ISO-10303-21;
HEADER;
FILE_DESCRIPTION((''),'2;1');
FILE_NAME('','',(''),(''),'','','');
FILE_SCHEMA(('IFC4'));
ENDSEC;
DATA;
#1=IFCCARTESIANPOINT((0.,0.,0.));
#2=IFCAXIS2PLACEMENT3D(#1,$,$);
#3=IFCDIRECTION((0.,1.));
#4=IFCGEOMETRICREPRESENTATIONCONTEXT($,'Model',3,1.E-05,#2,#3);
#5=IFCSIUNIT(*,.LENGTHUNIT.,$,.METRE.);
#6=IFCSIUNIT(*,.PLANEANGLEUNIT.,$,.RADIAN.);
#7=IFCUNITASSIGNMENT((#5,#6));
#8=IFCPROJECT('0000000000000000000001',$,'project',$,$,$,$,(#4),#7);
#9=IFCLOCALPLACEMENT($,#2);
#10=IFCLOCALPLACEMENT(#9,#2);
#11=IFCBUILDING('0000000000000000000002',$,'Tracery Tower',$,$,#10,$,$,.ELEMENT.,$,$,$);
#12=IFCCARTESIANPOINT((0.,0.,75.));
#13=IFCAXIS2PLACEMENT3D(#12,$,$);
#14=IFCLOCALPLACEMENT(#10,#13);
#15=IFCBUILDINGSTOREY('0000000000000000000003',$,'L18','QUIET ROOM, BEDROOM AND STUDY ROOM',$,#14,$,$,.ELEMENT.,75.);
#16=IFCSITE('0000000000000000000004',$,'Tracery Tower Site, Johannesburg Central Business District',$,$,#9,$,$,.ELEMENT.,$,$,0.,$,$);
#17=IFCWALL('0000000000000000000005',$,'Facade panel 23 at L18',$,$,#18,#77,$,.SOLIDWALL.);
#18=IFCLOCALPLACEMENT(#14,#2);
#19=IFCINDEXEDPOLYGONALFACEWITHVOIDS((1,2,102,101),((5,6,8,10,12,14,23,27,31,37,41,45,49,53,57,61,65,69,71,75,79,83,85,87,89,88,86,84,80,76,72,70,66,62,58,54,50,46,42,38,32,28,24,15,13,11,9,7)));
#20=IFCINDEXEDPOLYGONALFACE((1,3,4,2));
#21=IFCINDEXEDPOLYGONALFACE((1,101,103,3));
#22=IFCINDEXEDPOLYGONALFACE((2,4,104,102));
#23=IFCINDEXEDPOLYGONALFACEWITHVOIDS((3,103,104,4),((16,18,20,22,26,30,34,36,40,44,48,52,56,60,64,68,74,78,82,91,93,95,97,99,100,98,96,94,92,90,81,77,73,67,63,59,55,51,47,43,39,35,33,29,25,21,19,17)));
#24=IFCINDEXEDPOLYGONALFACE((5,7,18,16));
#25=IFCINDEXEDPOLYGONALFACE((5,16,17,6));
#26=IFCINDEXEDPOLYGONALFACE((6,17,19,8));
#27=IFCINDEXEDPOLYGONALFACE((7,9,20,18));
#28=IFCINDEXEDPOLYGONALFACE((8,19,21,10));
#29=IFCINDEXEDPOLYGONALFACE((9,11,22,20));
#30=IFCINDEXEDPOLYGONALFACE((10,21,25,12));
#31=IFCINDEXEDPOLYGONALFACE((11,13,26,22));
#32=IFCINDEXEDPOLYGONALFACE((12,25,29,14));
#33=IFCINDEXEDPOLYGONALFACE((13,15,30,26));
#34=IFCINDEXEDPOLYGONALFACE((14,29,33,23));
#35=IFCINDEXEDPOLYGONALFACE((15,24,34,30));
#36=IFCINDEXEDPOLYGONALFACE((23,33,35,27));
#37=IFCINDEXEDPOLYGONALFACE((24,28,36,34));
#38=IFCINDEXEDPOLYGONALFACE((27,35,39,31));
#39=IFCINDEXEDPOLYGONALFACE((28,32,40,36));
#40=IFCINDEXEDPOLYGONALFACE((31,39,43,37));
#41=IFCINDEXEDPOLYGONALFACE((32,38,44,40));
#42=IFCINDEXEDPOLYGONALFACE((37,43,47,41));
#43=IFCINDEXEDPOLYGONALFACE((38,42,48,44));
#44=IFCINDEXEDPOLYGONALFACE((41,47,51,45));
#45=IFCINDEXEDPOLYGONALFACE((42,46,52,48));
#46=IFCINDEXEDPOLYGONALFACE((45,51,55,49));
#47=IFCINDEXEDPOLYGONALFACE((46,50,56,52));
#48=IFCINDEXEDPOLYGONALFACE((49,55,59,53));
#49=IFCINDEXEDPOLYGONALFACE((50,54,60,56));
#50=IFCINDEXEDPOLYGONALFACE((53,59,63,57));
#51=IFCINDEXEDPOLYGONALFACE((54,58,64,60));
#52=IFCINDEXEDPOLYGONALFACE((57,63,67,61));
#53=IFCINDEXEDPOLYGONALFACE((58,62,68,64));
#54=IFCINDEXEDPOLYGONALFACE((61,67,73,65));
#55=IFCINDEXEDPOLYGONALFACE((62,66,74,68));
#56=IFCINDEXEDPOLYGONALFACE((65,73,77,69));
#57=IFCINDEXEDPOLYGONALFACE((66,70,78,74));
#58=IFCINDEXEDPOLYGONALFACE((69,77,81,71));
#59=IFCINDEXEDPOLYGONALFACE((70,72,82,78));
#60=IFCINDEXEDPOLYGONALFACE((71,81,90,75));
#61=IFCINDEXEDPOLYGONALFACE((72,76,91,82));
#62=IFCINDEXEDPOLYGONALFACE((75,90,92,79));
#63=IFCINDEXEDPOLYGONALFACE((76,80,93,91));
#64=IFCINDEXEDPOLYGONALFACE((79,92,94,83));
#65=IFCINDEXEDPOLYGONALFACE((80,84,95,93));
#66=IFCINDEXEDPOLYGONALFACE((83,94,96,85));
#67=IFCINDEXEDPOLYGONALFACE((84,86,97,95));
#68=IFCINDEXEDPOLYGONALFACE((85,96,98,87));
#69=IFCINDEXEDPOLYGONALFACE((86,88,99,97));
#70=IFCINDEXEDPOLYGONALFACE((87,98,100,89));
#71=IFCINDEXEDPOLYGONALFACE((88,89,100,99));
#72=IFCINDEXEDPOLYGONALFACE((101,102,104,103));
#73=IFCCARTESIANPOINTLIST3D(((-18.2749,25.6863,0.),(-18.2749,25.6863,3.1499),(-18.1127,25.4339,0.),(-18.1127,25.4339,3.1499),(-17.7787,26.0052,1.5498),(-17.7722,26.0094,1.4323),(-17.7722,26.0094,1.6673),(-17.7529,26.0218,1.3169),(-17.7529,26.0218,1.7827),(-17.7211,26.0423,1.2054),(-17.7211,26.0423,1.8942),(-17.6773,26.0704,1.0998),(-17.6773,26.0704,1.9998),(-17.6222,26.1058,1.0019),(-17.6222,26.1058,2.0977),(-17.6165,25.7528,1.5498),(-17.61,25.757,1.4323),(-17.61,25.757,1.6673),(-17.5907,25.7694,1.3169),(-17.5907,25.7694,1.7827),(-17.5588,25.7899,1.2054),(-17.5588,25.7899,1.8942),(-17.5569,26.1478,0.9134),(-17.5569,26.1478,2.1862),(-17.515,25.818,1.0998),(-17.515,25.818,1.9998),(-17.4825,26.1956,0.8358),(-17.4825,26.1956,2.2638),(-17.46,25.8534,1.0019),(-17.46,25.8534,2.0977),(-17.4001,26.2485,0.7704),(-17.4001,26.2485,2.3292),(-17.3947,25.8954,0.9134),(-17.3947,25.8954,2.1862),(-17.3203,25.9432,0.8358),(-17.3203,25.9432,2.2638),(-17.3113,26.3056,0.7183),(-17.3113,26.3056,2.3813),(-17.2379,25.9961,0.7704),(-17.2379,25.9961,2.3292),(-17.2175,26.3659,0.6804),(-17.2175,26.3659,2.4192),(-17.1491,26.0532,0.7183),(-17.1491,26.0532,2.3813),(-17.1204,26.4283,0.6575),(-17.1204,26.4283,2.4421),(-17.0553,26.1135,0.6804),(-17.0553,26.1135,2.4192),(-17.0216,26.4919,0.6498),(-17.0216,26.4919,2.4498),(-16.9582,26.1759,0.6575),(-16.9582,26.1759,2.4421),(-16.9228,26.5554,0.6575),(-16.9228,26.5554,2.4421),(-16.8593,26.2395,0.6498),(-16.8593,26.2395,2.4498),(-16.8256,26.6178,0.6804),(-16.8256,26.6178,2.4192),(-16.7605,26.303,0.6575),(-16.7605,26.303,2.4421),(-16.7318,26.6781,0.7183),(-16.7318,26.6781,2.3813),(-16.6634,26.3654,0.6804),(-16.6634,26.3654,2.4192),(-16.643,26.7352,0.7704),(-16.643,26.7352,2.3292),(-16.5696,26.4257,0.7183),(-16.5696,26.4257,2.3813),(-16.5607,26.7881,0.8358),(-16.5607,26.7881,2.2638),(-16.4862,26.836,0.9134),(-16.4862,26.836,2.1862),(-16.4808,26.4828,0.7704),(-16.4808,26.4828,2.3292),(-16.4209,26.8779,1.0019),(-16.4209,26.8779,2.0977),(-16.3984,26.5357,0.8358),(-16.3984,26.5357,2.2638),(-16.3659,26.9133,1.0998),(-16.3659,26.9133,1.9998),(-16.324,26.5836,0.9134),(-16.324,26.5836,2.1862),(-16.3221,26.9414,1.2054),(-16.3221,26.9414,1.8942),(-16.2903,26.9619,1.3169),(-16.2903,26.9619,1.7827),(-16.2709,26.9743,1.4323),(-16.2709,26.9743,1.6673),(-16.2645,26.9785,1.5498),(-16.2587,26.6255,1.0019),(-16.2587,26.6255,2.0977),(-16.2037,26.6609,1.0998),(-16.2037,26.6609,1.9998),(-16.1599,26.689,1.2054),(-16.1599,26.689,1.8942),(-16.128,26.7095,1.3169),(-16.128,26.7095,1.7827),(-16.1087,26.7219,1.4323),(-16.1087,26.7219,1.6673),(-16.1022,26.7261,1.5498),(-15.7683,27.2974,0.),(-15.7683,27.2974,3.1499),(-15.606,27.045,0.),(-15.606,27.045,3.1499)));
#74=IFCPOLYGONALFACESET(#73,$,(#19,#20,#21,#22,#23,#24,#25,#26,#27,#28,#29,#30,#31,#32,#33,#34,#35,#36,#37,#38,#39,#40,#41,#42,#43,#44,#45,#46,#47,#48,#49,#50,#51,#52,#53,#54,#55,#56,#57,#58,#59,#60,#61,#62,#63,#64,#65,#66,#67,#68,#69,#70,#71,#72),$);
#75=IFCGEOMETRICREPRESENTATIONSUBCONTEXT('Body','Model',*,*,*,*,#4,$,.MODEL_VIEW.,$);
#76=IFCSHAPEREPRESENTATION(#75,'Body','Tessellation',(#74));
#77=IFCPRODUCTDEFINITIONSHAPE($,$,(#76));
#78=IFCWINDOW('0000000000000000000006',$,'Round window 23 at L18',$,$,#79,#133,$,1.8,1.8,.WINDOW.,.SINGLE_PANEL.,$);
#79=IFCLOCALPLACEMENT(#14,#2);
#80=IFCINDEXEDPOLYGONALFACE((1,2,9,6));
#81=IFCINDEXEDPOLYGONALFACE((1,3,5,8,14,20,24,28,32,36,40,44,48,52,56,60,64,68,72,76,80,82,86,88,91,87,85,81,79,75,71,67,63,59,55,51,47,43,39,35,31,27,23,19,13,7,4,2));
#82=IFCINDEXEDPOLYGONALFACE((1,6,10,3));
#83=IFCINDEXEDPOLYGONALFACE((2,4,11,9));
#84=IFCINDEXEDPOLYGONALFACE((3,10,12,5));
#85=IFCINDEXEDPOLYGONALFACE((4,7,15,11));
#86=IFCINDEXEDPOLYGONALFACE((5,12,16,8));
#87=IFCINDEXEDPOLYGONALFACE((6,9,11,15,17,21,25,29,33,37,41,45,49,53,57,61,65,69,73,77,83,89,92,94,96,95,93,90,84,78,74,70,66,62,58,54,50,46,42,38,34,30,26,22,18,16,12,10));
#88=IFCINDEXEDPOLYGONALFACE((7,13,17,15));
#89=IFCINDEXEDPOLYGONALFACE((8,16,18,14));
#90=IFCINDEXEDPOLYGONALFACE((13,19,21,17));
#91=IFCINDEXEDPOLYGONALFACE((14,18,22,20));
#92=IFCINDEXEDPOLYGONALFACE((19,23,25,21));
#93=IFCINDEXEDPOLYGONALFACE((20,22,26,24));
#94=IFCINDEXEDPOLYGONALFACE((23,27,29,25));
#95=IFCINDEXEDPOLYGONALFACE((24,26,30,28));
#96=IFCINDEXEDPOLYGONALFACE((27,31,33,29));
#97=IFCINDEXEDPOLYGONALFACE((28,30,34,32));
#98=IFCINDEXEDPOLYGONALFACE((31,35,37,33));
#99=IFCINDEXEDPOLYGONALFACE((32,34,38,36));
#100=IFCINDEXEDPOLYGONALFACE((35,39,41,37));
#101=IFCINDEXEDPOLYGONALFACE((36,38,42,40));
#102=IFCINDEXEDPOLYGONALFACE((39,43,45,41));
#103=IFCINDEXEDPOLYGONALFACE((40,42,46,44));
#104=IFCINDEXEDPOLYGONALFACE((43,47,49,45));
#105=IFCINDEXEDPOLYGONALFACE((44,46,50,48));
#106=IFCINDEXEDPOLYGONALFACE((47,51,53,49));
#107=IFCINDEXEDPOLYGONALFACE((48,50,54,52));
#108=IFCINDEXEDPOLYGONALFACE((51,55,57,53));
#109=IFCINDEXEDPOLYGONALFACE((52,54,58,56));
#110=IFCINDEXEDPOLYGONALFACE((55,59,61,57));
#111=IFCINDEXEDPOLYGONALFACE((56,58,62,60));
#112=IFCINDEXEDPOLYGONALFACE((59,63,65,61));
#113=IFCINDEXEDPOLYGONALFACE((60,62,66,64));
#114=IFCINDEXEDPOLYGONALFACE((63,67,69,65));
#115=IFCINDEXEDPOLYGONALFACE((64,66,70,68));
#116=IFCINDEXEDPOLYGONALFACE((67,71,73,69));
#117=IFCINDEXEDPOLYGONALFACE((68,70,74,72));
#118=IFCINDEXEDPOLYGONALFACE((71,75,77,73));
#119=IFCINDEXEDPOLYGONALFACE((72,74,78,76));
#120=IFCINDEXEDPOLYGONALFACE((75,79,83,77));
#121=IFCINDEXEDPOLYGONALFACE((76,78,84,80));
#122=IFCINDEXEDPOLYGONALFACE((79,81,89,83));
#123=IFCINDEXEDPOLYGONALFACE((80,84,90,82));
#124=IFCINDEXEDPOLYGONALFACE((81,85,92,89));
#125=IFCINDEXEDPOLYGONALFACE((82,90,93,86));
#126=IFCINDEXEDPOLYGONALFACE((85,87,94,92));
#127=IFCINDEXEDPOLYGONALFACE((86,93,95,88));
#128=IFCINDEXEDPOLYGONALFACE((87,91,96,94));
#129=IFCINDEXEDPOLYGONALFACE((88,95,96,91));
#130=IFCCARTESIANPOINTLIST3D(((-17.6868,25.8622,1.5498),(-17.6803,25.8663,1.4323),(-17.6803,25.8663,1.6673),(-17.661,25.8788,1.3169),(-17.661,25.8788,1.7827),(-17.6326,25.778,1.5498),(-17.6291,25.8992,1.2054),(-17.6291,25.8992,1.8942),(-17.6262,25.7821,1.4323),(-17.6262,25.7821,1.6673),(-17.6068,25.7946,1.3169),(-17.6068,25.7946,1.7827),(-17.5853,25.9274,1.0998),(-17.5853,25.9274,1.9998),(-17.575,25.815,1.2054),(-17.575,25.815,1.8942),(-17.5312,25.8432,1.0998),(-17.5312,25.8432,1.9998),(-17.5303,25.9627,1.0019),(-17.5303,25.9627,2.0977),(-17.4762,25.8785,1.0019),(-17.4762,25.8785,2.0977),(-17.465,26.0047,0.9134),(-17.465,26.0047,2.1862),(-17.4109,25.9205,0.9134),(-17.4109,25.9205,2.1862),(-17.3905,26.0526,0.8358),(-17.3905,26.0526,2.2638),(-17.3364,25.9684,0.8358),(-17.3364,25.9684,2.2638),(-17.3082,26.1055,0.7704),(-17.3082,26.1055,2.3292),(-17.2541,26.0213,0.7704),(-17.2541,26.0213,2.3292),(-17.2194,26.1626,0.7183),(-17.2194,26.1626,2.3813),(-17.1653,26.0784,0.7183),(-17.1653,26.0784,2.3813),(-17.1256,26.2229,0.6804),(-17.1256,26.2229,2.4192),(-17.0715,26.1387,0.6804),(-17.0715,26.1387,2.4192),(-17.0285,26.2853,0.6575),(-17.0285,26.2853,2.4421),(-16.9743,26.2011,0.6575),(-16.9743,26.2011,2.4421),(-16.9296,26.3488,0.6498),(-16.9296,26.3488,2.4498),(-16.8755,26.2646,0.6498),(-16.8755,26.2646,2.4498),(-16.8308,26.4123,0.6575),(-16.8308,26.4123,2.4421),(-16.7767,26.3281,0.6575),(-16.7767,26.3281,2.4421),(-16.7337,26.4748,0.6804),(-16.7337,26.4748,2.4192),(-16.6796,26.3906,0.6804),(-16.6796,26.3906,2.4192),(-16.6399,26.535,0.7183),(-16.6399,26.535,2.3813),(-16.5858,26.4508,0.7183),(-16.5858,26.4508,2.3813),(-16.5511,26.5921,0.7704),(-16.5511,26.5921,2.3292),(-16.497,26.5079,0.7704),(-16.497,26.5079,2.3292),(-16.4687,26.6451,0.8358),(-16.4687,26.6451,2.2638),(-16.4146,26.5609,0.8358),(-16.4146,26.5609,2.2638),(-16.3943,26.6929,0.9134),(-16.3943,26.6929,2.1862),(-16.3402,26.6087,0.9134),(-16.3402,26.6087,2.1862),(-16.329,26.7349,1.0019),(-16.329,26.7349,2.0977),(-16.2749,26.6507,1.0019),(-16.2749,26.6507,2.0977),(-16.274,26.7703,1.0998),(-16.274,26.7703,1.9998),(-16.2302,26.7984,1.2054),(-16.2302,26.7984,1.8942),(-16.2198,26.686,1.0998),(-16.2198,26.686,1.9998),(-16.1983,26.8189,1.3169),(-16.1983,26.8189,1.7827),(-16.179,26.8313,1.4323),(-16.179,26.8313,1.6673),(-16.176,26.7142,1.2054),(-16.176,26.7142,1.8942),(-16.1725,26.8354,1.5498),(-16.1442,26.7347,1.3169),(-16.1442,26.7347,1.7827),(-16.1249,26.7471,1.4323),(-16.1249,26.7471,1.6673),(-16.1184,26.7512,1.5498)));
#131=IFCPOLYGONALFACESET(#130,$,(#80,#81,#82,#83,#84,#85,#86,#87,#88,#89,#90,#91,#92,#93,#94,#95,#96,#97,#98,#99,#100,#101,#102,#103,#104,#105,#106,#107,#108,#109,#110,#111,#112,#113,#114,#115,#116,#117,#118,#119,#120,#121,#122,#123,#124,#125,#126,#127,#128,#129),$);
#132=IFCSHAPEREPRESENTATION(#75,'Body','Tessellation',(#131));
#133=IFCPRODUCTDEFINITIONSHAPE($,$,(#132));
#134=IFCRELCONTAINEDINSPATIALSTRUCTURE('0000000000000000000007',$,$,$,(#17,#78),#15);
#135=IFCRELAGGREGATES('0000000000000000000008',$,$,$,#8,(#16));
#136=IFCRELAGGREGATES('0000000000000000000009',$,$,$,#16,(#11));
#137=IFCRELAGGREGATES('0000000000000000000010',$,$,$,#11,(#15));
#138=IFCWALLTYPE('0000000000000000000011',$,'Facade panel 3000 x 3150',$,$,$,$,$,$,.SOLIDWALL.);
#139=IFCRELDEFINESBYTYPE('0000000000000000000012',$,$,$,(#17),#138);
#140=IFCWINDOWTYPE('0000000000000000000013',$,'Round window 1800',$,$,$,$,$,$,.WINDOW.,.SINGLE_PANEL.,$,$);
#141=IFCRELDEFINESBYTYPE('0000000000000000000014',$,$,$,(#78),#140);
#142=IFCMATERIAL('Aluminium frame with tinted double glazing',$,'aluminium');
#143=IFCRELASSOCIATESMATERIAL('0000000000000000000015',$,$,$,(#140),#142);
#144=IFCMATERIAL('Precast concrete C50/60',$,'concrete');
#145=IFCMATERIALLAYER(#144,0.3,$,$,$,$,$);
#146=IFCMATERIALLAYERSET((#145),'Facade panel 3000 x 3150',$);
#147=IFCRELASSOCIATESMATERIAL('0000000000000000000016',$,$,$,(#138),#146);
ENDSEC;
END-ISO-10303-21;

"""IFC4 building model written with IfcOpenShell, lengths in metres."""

from ifc_helpers import new_model, si_unit, direction, frame, frame_2d, origin, origin_2d, place, context, subcontext, project, spatial, rectangle, circle, extrude, material, layer, layer_set, type_object, element, fill, save


model = new_model("IFC4")

# Units and contexts
model_context = context("Model", 3, precision=1e-05, world=origin(), true_north=direction((0.0, 1.0)))
body_context = subcontext(model_context, "Body", "Model", "MODEL_VIEW")
ifc_project = project(units=[si_unit("LENGTHUNIT", "METRE"), si_unit("PLANEANGLEUNIT", "RADIAN")], contexts=[model_context])

# Site, building, storey
site_placement = place(None, origin())
site = spatial("IfcSite", under=ifc_project, at=site_placement, Name="Tracery Tower Site, Johannesburg Central Business District", CompositionType="ELEMENT", RefElevation=0.0)
building_placement = place(site_placement, origin())
building = spatial("IfcBuilding", under=site, at=building_placement, Name="Tracery Tower", CompositionType="ELEMENT")
storey_placement = place(building_placement, frame((0.0, 0.0, 75.0)))
storey = spatial("IfcBuildingStorey", under=building, at=storey_placement, Name="L18", Description="QUIET ROOM, BEDROOM AND STUDY ROOM", CompositionType="ELEMENT", Elevation=75.0)

# Wall, opening, window
ifc_material_1 = material(Name="Aluminium frame with tinted double glazing", Category="aluminium")
window_type = type_object("IfcWindowType", Name="Round window 1800", PartitioningType="SINGLE_PANEL", PredefinedType="WINDOW", material=ifc_material_1)
ifc_material_2 = material(Name="Precast concrete C50/60", Category="concrete")
ifc_layer_1 = layer(ifc_material_2, 0.3)
ifc_layer_set_1 = layer_set([ifc_layer_1], Name="Facade panel 3000 x 3150")
wall_type_1 = type_object("IfcWallType", Name="Facade panel 3000 x 3150", PredefinedType="SOLIDWALL", material=ifc_layer_set_1)
wall_1_placement = place(storey_placement, frame((-15.6873, 27.1711, 0.0), z_axis=(0.0, 0.0, 1.0), x_axis=(-0.841224, -0.540687, 0.0)))
wall_1 = element("IfcWall", 1, at=wall_1_placement, inside=storey, type_object=wall_type_1, Name="Facade panel 23 at L18", PredefinedType="SOLIDWALL", context=body_context, shape_type="SweptSolid", body=[
    extrude(rectangle(XDim=2.9797, YDim=0.3, at=frame_2d((1.4897, 0.0))), origin(), (0.0, 0.0, 1.0), 3.1499),
])
opening_1_placement = place(wall_1_placement, frame((1.4897, 0.0, 1.5498)))
opening_1 = element("IfcOpeningElement", 2, at=opening_1_placement, cuts=wall_1, PredefinedType="OPENING", context=body_context, shape_type="SweptSolid", body=[
    extrude(circle(Radius=0.9, at=origin_2d()), frame((0.0, 0.1599, 0.0), z_axis=(0.0, -1.0, 0.0), x_axis=(1.0, 0.0, 0.0)), (0.0, 0.0, 1.0), 0.3201),
])
window_1_placement = place(opening_1_placement, origin())
window_1 = element("IfcWindow", 3, at=window_1_placement, inside=storey, type_object=window_type, Name="Round window 23 at L18", OverallHeight=1.8, OverallWidth=1.8, PartitioningType="SINGLE_PANEL", PredefinedType="WINDOW", context=body_context, shape_type="SweptSolid", body=[
    extrude(circle(Radius=0.9, at=origin_2d()), frame((0.0, 0.1201, 0.0), z_axis=(0.0, -1.0, 0.0), x_axis=(1.0, 0.0, 0.0)), (0.0, 0.0, 1.0), 0.1001),
])
fill(opening_1, window_1)

save(model, "model.ifc")
